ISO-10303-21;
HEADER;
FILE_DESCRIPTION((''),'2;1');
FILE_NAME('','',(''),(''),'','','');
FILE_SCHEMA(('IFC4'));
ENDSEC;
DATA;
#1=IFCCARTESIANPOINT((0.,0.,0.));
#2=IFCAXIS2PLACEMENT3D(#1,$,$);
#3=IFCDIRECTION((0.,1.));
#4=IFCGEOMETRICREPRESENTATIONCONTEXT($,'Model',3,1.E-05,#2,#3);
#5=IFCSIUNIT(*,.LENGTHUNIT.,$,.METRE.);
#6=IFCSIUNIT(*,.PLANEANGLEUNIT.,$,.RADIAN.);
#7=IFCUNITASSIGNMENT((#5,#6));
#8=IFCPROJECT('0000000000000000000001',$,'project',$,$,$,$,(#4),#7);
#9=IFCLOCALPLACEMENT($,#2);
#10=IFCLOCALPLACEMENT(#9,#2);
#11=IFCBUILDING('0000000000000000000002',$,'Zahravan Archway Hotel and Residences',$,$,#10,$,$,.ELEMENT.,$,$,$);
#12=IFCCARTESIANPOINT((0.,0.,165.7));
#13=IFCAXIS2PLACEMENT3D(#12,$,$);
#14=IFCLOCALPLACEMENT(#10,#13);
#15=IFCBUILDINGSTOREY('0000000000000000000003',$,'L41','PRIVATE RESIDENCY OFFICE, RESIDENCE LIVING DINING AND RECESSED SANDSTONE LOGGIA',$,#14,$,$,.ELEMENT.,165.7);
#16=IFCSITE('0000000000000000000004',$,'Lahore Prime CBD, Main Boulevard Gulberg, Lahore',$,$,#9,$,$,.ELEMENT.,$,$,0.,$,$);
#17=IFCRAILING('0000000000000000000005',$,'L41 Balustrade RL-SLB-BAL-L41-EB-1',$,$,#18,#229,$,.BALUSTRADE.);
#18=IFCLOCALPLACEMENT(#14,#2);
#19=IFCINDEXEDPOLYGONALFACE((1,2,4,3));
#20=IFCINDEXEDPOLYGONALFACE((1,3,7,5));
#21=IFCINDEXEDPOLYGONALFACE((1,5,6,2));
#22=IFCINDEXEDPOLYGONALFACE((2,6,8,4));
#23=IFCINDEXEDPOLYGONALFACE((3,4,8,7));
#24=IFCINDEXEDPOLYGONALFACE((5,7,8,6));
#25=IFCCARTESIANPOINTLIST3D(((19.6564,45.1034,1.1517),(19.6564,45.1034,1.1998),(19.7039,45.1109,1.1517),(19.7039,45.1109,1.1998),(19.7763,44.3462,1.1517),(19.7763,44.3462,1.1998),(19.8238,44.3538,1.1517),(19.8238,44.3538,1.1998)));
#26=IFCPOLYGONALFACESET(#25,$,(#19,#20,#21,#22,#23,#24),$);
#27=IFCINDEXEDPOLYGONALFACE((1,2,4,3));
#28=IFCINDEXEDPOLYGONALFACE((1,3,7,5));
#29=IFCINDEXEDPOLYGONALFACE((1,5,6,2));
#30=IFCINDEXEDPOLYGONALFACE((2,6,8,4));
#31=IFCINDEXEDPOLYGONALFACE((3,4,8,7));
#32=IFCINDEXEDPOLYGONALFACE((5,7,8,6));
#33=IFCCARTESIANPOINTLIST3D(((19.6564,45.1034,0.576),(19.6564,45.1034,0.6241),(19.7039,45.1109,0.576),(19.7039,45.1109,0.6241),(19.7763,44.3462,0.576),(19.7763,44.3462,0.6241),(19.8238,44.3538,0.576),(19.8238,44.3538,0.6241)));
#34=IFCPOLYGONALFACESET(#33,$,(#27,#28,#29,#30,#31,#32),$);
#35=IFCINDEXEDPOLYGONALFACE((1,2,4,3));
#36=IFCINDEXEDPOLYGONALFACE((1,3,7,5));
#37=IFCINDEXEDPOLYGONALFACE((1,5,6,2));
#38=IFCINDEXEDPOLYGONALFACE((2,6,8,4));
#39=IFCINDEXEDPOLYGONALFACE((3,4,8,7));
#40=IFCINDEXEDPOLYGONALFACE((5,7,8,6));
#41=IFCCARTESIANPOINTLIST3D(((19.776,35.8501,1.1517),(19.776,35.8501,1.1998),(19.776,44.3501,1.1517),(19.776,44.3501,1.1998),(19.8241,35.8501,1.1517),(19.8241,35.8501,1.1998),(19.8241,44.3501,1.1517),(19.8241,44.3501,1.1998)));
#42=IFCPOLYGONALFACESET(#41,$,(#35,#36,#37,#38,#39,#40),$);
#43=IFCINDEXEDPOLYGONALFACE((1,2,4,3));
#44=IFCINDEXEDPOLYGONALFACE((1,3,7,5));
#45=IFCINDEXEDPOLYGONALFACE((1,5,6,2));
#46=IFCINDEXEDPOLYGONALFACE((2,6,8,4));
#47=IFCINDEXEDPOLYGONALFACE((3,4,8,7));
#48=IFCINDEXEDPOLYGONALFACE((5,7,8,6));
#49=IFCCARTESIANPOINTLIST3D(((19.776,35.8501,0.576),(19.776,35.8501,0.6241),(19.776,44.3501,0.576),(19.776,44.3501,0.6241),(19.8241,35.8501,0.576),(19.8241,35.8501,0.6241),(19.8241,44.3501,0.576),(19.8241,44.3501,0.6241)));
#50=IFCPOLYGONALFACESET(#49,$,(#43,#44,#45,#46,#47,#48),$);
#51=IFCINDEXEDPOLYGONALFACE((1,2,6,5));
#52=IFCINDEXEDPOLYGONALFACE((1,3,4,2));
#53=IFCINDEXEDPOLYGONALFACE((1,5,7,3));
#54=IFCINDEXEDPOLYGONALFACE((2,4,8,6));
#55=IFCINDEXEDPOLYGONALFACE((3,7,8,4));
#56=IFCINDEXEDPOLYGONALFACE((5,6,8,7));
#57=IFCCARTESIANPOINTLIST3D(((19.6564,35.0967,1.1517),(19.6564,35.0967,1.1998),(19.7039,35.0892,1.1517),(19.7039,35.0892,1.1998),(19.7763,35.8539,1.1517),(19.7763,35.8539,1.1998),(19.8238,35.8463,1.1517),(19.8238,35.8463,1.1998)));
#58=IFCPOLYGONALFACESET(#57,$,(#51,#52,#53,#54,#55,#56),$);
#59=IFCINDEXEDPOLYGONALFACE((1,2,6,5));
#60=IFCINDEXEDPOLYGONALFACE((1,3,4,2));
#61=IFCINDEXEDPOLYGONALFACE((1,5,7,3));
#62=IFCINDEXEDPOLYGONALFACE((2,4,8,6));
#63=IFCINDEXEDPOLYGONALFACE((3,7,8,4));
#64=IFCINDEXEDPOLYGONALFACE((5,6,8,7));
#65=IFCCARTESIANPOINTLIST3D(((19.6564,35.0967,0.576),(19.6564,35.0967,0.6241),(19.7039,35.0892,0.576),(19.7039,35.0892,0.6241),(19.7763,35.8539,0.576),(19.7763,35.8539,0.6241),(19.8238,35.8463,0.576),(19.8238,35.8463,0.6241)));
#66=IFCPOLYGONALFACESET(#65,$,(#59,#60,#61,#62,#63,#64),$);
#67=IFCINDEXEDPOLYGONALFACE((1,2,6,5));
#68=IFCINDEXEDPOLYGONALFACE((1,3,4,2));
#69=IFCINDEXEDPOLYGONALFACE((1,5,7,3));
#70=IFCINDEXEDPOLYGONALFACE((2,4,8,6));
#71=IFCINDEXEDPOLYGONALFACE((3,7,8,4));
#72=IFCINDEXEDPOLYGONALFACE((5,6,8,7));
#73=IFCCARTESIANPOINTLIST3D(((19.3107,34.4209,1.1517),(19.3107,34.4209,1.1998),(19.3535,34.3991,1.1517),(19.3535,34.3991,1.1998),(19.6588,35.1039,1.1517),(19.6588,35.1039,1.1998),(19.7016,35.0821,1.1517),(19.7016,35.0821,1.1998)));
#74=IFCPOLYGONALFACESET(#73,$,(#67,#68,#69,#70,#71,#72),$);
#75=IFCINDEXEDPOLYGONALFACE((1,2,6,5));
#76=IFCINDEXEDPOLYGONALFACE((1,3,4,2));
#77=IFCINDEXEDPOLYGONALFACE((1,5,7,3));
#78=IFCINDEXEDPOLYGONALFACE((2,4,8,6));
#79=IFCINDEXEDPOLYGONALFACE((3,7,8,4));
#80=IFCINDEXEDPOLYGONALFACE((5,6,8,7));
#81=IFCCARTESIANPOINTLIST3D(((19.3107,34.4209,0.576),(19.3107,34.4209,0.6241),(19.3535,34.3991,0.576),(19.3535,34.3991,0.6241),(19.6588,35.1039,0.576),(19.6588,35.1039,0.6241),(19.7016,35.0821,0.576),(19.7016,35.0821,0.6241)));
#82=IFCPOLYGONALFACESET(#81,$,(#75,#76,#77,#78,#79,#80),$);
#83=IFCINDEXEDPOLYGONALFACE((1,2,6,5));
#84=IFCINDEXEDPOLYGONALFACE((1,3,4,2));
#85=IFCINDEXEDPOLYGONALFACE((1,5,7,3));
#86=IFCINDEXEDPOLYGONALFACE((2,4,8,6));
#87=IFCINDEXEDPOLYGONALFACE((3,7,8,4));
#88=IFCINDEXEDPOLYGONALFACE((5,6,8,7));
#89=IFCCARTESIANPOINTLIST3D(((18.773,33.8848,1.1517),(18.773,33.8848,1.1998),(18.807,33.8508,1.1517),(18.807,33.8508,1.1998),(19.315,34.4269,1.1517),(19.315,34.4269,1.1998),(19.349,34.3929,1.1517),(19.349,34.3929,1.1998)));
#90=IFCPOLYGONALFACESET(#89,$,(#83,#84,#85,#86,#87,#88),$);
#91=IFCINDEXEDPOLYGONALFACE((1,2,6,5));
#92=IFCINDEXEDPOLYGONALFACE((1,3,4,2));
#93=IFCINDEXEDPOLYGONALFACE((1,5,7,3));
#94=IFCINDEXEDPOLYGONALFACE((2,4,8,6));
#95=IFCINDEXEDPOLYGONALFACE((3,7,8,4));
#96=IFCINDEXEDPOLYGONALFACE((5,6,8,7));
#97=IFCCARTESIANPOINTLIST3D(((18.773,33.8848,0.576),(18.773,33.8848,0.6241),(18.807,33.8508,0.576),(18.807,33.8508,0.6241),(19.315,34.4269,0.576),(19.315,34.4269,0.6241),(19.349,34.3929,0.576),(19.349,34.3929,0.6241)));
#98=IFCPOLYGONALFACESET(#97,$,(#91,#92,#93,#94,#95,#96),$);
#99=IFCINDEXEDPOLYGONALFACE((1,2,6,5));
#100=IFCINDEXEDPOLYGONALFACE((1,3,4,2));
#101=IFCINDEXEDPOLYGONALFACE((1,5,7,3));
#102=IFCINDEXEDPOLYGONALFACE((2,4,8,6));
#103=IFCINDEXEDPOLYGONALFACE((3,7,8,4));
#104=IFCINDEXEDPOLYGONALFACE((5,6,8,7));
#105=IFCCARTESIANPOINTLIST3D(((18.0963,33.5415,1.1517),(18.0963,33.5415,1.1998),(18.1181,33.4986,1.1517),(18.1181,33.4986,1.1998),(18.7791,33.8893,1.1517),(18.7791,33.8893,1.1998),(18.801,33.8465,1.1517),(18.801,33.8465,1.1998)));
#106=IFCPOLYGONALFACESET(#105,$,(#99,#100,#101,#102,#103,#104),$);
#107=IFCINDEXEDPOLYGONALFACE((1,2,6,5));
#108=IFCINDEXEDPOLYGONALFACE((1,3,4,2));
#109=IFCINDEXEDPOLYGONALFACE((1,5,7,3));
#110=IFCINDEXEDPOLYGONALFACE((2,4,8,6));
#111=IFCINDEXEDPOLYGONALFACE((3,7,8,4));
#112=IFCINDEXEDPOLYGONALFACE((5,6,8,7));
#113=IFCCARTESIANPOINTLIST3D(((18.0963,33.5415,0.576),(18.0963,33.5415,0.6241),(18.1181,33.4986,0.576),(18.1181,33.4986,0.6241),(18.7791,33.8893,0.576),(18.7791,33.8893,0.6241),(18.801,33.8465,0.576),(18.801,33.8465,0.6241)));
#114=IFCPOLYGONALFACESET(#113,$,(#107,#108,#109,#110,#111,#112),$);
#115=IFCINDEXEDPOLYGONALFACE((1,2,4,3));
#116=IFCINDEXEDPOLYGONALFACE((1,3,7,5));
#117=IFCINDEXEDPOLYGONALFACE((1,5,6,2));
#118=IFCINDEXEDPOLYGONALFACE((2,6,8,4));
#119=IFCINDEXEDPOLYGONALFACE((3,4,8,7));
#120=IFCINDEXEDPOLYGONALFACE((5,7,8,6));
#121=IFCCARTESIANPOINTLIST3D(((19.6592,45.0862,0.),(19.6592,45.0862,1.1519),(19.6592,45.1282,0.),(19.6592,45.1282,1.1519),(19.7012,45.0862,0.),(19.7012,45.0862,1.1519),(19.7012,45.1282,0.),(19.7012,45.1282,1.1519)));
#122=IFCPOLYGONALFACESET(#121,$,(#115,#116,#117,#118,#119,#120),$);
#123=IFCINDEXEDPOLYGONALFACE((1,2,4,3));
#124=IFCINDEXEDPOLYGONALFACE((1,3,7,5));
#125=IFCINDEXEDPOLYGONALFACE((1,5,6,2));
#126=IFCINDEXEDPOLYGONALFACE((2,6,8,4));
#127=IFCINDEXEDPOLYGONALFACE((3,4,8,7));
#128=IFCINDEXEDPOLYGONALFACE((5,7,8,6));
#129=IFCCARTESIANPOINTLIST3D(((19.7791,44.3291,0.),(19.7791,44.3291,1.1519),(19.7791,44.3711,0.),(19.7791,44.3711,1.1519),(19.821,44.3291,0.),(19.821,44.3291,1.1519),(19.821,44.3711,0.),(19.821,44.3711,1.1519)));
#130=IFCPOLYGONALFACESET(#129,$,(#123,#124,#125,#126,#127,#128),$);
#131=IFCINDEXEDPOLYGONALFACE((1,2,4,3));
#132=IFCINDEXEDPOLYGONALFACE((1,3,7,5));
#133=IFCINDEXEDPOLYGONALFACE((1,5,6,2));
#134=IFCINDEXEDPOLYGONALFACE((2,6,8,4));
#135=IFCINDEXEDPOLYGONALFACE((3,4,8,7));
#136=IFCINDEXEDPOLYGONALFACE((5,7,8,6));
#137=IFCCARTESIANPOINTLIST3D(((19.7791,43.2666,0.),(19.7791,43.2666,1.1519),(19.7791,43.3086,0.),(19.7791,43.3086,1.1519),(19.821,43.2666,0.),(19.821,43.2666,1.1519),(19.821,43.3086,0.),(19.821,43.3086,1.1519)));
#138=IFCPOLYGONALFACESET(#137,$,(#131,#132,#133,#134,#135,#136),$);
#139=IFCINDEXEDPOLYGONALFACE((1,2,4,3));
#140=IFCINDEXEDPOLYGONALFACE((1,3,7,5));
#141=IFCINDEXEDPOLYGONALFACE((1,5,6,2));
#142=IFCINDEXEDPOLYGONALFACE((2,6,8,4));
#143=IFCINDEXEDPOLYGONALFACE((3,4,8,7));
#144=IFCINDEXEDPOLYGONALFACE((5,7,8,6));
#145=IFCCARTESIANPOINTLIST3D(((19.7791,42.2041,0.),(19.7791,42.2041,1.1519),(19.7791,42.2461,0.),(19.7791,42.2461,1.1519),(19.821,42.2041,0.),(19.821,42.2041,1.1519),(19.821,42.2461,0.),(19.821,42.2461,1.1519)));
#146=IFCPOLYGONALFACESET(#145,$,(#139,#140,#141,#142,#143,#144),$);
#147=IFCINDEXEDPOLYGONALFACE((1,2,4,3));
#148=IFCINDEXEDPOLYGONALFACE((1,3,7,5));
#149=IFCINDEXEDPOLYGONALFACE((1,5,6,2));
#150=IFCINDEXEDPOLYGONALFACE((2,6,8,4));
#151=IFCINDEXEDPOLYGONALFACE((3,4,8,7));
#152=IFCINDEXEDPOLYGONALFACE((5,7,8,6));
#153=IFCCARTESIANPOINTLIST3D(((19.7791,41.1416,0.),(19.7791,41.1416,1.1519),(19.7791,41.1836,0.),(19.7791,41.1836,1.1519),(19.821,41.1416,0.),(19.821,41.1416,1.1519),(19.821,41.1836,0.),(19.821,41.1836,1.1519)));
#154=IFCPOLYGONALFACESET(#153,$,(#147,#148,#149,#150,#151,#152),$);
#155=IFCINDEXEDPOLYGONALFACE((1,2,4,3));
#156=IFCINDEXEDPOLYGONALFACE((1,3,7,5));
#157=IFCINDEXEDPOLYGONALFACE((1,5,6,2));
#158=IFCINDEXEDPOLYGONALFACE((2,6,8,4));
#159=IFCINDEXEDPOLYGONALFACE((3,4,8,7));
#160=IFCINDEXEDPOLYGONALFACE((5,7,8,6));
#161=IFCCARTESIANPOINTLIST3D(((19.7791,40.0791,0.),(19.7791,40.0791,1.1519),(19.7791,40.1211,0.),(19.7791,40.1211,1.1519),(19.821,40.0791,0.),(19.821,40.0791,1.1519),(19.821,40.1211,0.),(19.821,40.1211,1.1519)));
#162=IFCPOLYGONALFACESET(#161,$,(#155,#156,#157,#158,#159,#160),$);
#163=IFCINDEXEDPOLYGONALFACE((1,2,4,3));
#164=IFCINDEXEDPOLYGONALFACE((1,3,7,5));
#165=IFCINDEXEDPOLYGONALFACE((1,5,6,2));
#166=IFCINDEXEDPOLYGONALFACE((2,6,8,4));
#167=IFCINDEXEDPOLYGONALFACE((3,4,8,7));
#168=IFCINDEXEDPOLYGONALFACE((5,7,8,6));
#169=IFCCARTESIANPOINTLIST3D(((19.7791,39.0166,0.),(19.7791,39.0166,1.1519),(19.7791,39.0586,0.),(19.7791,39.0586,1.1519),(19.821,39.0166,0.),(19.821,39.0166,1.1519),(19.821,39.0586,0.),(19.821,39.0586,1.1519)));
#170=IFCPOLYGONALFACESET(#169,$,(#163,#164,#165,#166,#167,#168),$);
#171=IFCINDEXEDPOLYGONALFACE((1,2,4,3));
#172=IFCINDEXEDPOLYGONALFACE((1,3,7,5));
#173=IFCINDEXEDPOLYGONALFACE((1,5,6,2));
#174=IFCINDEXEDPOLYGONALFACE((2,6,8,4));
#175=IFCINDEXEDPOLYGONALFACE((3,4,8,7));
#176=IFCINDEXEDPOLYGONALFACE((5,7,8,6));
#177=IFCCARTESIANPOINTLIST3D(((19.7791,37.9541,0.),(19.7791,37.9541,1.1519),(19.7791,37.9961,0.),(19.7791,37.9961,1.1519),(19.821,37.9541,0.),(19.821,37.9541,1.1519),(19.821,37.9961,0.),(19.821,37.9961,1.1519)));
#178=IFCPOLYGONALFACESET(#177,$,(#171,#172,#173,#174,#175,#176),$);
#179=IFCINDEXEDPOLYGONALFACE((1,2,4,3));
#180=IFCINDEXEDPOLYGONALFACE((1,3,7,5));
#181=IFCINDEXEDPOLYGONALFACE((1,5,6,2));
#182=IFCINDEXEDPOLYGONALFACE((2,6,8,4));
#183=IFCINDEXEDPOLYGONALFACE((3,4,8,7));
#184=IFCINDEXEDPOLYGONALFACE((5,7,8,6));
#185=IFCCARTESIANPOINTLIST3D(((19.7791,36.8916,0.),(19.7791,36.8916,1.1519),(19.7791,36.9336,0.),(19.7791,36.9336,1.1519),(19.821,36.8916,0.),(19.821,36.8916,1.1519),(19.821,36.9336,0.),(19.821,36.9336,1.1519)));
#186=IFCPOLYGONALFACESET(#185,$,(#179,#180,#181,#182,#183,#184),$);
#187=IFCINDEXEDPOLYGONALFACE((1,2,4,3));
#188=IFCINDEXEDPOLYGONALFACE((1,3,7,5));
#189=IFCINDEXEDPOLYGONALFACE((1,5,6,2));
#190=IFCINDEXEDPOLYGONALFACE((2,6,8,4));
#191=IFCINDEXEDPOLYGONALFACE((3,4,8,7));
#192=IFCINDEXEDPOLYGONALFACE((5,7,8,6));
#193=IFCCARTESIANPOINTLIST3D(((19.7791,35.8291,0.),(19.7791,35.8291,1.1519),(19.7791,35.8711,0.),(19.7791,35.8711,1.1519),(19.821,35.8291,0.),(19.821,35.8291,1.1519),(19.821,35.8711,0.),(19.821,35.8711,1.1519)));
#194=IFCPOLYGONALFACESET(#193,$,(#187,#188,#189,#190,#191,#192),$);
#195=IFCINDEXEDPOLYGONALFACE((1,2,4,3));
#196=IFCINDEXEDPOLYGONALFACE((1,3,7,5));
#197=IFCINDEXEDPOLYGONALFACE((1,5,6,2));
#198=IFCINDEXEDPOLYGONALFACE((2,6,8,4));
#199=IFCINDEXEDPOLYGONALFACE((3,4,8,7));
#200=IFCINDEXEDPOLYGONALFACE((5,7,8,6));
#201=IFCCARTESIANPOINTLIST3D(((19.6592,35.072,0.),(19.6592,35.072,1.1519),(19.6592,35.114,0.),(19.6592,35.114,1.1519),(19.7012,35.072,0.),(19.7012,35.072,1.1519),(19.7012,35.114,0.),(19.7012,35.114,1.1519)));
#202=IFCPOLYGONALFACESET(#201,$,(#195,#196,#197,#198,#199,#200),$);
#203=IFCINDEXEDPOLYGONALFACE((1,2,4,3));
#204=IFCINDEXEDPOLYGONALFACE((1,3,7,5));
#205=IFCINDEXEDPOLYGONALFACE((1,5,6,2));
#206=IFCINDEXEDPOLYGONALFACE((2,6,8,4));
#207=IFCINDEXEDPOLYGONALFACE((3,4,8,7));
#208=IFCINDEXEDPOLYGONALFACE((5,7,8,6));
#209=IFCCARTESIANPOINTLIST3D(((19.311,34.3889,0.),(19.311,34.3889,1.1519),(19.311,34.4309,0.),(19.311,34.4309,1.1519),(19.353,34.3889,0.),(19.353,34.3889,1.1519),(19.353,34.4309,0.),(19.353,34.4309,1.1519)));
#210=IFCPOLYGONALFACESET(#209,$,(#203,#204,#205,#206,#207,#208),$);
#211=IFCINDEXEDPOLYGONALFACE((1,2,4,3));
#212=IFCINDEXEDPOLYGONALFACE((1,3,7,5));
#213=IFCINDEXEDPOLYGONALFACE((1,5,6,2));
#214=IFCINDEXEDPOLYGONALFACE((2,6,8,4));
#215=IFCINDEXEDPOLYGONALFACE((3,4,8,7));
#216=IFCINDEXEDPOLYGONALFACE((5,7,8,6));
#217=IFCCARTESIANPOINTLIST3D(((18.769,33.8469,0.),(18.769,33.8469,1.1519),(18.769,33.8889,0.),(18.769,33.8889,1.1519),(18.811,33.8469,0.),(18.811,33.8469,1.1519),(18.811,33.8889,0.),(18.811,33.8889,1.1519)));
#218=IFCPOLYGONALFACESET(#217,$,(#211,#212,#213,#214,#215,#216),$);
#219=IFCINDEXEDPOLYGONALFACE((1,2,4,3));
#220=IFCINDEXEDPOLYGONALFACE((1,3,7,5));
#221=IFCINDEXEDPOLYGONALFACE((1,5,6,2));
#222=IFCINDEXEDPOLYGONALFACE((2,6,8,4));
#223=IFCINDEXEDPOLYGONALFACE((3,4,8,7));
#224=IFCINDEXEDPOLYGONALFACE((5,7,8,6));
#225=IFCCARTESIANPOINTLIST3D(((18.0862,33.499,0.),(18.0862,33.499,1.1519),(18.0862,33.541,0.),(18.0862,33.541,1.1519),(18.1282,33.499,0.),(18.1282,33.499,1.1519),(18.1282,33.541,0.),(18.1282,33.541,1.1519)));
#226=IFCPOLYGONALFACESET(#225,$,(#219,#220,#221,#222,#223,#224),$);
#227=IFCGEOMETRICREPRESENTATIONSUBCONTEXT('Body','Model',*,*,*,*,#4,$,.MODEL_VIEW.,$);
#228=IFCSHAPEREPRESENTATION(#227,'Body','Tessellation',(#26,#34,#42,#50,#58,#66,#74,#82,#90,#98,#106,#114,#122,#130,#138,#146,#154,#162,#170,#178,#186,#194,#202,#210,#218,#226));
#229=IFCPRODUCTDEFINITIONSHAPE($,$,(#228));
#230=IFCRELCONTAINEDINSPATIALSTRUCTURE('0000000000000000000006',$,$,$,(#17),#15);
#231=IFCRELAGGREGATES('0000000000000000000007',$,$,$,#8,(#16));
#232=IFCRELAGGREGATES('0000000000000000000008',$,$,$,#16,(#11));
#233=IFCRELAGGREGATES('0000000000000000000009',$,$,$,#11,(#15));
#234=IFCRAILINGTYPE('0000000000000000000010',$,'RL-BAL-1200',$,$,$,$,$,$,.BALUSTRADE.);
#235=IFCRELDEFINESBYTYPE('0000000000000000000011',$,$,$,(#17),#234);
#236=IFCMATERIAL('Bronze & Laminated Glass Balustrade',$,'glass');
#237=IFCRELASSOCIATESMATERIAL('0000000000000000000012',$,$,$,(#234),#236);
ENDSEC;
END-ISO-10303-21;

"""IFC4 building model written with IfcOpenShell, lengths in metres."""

from ifc_helpers import new_model, si_unit, direction, frame, origin, origin_2d, place, context, subcontext, project, spatial, rectangle, extrude, material, type_object, element, save


model = new_model("IFC4")

# Units and contexts
model_context = context("Model", 3, precision=1e-05, world=origin(), true_north=direction((0.0, 1.0)))
body_context = subcontext(model_context, "Body", "Model", "MODEL_VIEW")
ifc_project = project(units=[si_unit("LENGTHUNIT", "METRE"), si_unit("PLANEANGLEUNIT", "RADIAN")], contexts=[model_context])

# Site, building, storey
site_placement = place(None, origin())
site = spatial("IfcSite", under=ifc_project, at=site_placement, Name="Lahore Prime CBD, Main Boulevard Gulberg, Lahore", CompositionType="ELEMENT", RefElevation=0.0)
building_placement = place(site_placement, origin())
building = spatial("IfcBuilding", under=site, at=building_placement, Name="Zahravan Archway Hotel and Residences", CompositionType="ELEMENT")
storey_placement = place(building_placement, frame((0.0, 0.0, 165.7)))
storey = spatial("IfcBuildingStorey", under=building, at=storey_placement, Name="L41", Description="PRIVATE RESIDENCY OFFICE, RESIDENCE LIVING DINING AND RECESSED SANDSTONE LOGGIA", CompositionType="ELEMENT", Elevation=165.7)

# Railing
ifc_material_1 = material(Name="Bronze & Laminated Glass Balustrade", Category="glass")
railing_type = type_object("IfcRailingType", Name="RL-BAL-1200", PredefinedType="BALUSTRADE", material=ifc_material_1)
railing_placement = place(storey_placement, frame((19.6802, 45.1072, 0.0)))
element("IfcRailing", 1, at=railing_placement, inside=storey, type_object=railing_type, Name="L41 Balustrade RL-SLB-BAL-L41-EB-1", PredefinedType="BALUSTRADE", context=body_context, shape_type="SweptSolid", body=[
    extrude(rectangle(XDim=0.0481, YDim=0.0481, at=origin_2d()), frame((0.0, 0.0, 1.1758), z_axis=(0.156388, -0.987696, 0.0), x_axis=(0.987696, 0.156388, 0.0)), (0.0, 0.0, 1.0), 0.7666),
    extrude(rectangle(XDim=0.0481, YDim=0.0481, at=origin_2d()), frame((0.0, 0.0, 0.6001), z_axis=(0.156388, -0.987696, 0.0), x_axis=(0.987696, 0.156388, 0.0)), (0.0, 0.0, 1.0), 0.7666),
    extrude(rectangle(XDim=0.0481, YDim=0.0481, at=origin_2d()), frame((0.1199, -0.7571, 1.1758), z_axis=(0.0, -1.0, 0.0), x_axis=(1.0, 0.0, 0.0)), (0.0, 0.0, 1.0), 8.5),
    extrude(rectangle(XDim=0.0481, YDim=0.0481, at=origin_2d()), frame((0.1199, -0.7571, 0.6001), z_axis=(0.0, -1.0, 0.0), x_axis=(1.0, 0.0, 0.0)), (0.0, 0.0, 1.0), 8.5),
    extrude(rectangle(XDim=0.0481, YDim=0.0481, at=origin_2d()), frame((0.1199, -9.2571, 1.1758), z_axis=(-0.156388, -0.987696, 0.0), x_axis=(0.987696, -0.156388, 0.0)), (0.0, 0.0, 1.0), 0.7666),
    extrude(rectangle(XDim=0.0481, YDim=0.0481, at=origin_2d()), frame((0.1199, -9.2571, 0.6001), z_axis=(-0.156388, -0.987696, 0.0), x_axis=(0.987696, -0.156388, 0.0)), (0.0, 0.0, 1.0), 0.7666),
    extrude(rectangle(XDim=0.0481, YDim=0.0481, at=origin_2d()), frame((0.0, -10.0142, 1.1758), z_axis=(-0.454078, -0.890962, 0.0), x_axis=(0.890962, -0.454078, 0.0)), (0.0, 0.0, 1.0), 0.7666),
    extrude(rectangle(XDim=0.0481, YDim=0.0481, at=origin_2d()), frame((0.0, -10.0142, 0.6001), z_axis=(-0.454078, -0.890962, 0.0), x_axis=(0.890962, -0.454078, 0.0)), (0.0, 0.0, 1.0), 0.7666),
    extrude(rectangle(XDim=0.0481, YDim=0.0481, at=origin_2d()), frame((-0.3481, -10.6973, 1.1758), z_axis=(-0.707107, -0.707107, 0.0), x_axis=(0.707107, -0.707107, 0.0)), (0.0, 0.0, 1.0), 0.7666),
    extrude(rectangle(XDim=0.0481, YDim=0.0481, at=origin_2d()), frame((-0.3481, -10.6973, 0.6001), z_axis=(-0.707107, -0.707107, 0.0), x_axis=(0.707107, -0.707107, 0.0)), (0.0, 0.0, 1.0), 0.7666),
    extrude(rectangle(XDim=0.0481, YDim=0.0481, at=origin_2d()), frame((-0.8901, -11.2393, 1.1758), z_axis=(-0.891025, -0.453954, 0.0), x_axis=(0.453954, -0.891025, 0.0)), (0.0, 0.0, 1.0), 0.7664),
    extrude(rectangle(XDim=0.0481, YDim=0.0481, at=origin_2d()), frame((-0.8901, -11.2393, 0.6001), z_axis=(-0.891025, -0.453954, 0.0), x_axis=(0.453954, -0.891025, 0.0)), (0.0, 0.0, 1.0), 0.7664),
    extrude(rectangle(XDim=0.042, YDim=0.042, at=origin_2d()), origin(), (0.0, 0.0, 1.0), 1.1519),
    extrude(rectangle(XDim=0.042, YDim=0.042, at=origin_2d()), frame((0.1199, -0.7571, 0.0)), (0.0, 0.0, 1.0), 1.1519),
    extrude(rectangle(XDim=0.042, YDim=0.042, at=origin_2d()), frame((0.1199, -1.8196, 0.0)), (0.0, 0.0, 1.0), 1.1519),
    extrude(rectangle(XDim=0.042, YDim=0.042, at=origin_2d()), frame((0.1199, -2.8821, 0.0)), (0.0, 0.0, 1.0), 1.1519),
    extrude(rectangle(XDim=0.042, YDim=0.042, at=origin_2d()), frame((0.1199, -3.9446, 0.0)), (0.0, 0.0, 1.0), 1.1519),
    extrude(rectangle(XDim=0.042, YDim=0.042, at=origin_2d()), frame((0.1199, -5.0071, 0.0)), (0.0, 0.0, 1.0), 1.1519),
    extrude(rectangle(XDim=0.042, YDim=0.042, at=origin_2d()), frame((0.1199, -6.0696, 0.0)), (0.0, 0.0, 1.0), 1.1519),
    extrude(rectangle(XDim=0.042, YDim=0.042, at=origin_2d()), frame((0.1199, -7.1321, 0.0)), (0.0, 0.0, 1.0), 1.1519),
    extrude(rectangle(XDim=0.042, YDim=0.042, at=origin_2d()), frame((0.1199, -8.1946, 0.0)), (0.0, 0.0, 1.0), 1.1519),
    extrude(rectangle(XDim=0.042, YDim=0.042, at=origin_2d()), frame((0.1199, -9.2571, 0.0)), (0.0, 0.0, 1.0), 1.1519),
    extrude(rectangle(XDim=0.042, YDim=0.042, at=origin_2d()), frame((0.0, -10.0142, 0.0)), (0.0, 0.0, 1.0), 1.1519),
    extrude(rectangle(XDim=0.042, YDim=0.042, at=origin_2d()), frame((-0.3481, -10.6973, 0.0)), (0.0, 0.0, 1.0), 1.1519),
    extrude(rectangle(XDim=0.042, YDim=0.042, at=origin_2d()), frame((-0.8901, -11.2393, 0.0)), (0.0, 0.0, 1.0), 1.1519),
    extrude(rectangle(XDim=0.042, YDim=0.042, at=origin_2d()), frame((-1.573, -11.5872, 0.0)), (0.0, 0.0, 1.0), 1.1519),
])

save(model, "model.ifc")
